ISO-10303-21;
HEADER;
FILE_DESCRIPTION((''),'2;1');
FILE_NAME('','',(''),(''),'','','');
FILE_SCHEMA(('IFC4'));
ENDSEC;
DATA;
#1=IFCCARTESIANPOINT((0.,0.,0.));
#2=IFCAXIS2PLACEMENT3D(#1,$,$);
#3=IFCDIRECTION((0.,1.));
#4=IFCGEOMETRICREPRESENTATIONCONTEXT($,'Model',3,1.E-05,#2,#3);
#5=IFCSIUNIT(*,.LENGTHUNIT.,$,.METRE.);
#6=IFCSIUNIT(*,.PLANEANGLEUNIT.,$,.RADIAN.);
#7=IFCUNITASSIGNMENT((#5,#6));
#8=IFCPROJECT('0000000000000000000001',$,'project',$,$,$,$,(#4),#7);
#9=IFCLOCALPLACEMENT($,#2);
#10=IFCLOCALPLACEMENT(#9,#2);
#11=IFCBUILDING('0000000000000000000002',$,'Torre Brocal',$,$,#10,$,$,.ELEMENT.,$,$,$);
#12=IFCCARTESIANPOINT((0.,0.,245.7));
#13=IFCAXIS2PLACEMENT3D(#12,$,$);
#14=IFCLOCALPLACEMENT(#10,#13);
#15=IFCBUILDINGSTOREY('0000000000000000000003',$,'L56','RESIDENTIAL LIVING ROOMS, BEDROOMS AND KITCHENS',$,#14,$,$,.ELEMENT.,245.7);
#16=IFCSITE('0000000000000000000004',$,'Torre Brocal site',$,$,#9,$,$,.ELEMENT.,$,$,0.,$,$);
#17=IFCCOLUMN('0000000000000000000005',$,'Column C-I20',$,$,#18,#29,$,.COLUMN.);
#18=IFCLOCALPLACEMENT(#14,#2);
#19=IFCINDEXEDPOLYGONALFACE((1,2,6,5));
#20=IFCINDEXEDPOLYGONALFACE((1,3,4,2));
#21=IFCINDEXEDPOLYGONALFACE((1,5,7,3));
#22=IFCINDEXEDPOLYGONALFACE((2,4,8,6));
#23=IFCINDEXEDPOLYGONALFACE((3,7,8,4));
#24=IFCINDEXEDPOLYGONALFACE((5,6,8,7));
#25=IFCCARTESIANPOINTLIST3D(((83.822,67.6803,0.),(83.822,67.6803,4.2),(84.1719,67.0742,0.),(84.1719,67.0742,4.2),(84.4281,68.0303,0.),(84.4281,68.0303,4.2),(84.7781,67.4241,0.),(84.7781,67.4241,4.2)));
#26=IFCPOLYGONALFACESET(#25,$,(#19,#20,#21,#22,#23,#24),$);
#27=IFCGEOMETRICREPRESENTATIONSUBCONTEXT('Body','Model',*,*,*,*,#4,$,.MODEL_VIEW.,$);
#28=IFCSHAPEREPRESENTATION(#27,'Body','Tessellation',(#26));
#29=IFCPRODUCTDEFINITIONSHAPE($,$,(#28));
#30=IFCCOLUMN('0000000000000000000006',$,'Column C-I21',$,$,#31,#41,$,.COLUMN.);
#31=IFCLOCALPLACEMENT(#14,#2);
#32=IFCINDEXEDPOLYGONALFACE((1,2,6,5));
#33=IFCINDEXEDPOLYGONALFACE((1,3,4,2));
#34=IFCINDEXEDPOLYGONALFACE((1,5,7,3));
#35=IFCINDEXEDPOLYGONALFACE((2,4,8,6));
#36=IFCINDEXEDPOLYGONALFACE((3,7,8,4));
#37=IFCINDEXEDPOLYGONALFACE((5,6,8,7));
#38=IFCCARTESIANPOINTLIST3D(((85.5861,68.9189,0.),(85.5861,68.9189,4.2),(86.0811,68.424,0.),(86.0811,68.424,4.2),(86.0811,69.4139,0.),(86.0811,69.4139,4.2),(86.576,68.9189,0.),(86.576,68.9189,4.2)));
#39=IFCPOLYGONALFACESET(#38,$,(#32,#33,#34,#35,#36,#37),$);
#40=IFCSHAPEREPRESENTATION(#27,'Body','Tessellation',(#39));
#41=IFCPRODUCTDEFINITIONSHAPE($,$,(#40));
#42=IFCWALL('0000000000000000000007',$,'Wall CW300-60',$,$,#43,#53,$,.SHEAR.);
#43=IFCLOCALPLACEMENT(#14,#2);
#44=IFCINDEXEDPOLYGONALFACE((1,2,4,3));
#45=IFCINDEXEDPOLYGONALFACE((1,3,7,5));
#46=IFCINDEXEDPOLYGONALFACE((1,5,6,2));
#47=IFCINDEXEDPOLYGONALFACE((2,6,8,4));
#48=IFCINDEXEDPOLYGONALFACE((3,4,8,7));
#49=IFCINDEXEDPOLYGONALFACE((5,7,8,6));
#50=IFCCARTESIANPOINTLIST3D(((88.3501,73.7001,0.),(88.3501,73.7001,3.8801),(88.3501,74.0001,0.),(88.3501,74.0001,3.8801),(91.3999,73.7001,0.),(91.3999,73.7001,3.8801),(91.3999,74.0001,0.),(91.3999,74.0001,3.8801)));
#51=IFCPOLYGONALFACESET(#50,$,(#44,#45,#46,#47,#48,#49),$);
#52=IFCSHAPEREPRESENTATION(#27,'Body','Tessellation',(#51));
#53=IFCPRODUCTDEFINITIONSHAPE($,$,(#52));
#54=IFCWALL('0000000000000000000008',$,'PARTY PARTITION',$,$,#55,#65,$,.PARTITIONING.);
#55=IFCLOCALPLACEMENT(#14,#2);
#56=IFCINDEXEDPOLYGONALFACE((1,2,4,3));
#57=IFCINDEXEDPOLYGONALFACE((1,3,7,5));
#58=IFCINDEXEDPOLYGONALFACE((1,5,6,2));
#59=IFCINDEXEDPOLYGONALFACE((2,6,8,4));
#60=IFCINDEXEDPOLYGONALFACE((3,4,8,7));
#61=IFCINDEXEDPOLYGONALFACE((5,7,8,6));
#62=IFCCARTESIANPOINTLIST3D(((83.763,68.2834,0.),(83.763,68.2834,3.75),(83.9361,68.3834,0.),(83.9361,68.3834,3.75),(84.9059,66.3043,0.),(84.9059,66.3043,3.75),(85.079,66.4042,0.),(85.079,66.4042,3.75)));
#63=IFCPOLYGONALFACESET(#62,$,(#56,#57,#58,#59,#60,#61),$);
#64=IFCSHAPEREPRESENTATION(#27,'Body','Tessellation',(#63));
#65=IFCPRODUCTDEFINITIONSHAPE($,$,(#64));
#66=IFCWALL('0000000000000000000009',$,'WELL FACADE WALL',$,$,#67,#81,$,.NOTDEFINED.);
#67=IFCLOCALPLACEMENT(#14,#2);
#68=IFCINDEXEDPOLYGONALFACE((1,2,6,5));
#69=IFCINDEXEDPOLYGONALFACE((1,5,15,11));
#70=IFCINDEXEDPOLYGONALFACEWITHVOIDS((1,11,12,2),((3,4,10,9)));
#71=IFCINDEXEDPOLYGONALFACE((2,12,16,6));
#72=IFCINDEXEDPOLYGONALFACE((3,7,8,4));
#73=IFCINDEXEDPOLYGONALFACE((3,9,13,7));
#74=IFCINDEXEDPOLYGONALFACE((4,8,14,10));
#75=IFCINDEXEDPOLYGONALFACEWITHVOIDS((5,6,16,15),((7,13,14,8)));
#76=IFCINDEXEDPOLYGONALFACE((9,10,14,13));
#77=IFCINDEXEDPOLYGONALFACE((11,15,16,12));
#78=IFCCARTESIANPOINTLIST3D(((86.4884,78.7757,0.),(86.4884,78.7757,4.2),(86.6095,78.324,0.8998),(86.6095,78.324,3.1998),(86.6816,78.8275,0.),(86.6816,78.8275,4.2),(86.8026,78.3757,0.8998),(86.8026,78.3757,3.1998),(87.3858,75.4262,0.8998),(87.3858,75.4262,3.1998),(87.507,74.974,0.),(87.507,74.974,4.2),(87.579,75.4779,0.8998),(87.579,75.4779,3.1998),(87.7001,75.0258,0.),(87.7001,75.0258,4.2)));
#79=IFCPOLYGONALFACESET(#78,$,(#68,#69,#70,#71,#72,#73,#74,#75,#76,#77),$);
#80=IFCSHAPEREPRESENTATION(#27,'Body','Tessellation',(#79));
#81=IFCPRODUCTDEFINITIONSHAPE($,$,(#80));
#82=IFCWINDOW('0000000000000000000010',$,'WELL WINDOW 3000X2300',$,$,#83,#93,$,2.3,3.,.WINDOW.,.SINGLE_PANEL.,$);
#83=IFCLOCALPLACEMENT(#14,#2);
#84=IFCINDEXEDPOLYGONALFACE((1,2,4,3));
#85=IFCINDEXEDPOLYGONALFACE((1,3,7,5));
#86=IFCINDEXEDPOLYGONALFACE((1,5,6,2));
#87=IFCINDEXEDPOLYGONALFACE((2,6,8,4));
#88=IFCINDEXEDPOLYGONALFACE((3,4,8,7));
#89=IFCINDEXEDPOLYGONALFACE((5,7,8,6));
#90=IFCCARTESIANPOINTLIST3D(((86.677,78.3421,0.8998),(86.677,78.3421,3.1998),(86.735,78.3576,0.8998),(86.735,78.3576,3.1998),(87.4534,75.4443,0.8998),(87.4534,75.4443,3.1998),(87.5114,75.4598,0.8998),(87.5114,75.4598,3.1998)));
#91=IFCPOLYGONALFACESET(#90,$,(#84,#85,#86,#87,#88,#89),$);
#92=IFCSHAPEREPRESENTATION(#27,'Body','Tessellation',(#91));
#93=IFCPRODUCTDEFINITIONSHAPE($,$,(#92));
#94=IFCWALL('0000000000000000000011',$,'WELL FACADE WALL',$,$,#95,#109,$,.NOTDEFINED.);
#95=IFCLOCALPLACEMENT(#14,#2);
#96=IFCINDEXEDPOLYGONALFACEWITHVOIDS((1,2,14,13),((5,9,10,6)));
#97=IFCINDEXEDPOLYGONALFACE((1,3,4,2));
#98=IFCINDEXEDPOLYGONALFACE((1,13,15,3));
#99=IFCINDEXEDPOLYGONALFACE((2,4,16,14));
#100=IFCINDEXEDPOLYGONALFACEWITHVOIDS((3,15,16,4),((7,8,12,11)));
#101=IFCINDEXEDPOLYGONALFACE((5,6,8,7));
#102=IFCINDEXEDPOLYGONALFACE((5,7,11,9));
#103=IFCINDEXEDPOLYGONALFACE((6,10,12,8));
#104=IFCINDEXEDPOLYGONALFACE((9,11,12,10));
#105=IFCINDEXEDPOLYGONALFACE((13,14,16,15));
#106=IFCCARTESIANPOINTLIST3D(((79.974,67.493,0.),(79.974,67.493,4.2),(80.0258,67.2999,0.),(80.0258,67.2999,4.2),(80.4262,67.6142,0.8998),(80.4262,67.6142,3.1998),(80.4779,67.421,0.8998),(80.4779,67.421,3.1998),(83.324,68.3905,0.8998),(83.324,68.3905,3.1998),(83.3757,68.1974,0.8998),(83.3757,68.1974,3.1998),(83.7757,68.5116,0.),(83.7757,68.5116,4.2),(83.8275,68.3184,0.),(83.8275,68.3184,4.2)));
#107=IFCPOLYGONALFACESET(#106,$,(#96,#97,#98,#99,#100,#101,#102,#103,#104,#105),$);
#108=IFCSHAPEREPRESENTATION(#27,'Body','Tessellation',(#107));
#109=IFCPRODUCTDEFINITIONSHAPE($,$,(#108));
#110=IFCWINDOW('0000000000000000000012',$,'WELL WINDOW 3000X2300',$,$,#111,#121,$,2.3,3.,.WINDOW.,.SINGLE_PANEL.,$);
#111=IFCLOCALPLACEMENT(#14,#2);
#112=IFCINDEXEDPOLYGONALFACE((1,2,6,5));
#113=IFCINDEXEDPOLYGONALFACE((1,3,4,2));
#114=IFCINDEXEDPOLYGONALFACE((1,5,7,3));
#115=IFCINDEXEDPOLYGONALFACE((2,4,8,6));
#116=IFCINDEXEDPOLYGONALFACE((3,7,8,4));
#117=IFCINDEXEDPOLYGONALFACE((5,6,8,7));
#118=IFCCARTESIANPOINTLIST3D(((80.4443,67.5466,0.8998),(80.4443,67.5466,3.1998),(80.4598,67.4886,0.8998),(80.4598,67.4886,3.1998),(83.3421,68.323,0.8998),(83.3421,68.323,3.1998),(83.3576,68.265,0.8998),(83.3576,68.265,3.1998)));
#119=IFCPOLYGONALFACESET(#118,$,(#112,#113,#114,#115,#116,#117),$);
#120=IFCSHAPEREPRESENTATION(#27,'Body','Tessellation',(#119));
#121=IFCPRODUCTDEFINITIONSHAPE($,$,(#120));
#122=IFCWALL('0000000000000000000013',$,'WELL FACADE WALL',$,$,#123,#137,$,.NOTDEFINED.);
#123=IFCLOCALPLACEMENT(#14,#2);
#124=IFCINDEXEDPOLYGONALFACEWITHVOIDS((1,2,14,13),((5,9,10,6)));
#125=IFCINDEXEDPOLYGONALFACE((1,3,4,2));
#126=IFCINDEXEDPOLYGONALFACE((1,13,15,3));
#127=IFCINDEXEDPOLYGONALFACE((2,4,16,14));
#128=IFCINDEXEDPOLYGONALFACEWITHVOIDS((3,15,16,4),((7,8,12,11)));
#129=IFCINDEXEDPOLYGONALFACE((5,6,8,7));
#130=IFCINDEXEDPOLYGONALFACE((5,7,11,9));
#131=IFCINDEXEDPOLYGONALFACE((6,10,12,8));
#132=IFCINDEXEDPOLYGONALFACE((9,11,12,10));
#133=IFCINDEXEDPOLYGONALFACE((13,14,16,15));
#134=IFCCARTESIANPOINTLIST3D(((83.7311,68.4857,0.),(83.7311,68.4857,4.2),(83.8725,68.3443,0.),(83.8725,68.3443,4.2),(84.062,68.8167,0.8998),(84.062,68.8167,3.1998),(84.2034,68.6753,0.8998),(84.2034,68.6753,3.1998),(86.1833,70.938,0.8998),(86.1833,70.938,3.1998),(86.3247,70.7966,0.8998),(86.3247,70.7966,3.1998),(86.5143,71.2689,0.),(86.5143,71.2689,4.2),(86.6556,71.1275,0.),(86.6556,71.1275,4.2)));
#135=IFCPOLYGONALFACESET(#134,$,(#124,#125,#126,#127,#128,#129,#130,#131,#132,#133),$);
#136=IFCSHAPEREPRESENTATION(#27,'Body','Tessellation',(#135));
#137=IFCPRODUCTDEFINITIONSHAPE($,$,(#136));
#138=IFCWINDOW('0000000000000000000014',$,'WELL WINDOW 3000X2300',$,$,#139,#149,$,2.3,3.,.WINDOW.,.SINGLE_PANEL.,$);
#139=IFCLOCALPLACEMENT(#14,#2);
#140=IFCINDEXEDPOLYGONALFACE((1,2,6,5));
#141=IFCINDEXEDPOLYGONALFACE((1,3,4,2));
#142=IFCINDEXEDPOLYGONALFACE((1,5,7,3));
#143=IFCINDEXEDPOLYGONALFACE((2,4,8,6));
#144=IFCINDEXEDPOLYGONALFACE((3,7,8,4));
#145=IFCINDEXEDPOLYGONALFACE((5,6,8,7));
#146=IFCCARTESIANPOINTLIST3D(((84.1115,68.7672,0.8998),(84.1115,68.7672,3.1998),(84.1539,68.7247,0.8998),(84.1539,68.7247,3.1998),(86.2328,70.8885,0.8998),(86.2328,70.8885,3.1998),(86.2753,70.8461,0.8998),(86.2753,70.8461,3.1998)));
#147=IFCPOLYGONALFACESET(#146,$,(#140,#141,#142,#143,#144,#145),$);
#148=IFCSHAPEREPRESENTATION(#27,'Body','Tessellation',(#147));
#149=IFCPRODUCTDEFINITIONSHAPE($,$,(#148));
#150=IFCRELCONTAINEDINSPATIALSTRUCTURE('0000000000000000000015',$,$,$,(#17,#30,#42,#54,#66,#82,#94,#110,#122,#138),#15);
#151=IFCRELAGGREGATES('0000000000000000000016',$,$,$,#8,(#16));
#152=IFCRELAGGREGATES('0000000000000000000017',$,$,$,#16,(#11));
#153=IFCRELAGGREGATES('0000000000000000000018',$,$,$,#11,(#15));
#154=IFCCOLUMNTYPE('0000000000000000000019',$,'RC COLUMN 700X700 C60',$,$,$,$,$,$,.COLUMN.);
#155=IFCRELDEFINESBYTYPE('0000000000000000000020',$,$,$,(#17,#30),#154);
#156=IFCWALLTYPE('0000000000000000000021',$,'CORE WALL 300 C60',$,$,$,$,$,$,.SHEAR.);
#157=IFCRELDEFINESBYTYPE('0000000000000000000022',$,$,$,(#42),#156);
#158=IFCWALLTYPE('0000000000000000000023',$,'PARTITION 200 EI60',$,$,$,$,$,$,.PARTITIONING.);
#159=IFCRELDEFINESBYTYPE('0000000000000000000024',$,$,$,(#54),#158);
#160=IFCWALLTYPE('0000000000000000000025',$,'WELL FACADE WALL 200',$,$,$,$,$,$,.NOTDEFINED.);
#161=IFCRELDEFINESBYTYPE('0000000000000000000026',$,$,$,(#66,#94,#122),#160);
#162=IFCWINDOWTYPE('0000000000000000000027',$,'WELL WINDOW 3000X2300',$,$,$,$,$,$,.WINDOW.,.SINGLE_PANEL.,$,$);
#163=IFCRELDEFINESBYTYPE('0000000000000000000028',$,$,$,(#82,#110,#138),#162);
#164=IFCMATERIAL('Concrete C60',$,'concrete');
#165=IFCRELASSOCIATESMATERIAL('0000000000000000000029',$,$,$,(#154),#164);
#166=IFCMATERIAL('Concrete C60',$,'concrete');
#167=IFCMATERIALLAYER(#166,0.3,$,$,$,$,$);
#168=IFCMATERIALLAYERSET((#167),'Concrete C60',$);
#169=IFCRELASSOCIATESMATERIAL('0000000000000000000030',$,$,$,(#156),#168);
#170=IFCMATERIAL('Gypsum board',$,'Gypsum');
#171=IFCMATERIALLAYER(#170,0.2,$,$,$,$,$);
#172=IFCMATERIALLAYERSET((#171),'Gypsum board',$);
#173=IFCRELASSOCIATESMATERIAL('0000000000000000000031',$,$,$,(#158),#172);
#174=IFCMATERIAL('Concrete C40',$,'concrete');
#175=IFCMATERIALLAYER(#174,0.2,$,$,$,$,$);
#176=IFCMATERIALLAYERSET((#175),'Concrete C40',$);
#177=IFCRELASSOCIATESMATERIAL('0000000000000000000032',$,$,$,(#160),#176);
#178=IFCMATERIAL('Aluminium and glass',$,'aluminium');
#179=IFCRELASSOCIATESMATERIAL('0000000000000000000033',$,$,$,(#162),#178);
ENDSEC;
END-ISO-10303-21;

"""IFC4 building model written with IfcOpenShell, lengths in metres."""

from ifc_helpers import new_model, si_unit, direction, frame, frame_2d, origin, origin_2d, place, context, subcontext, project, spatial, rectangle, extrude, material, layer, layer_set, material_profile, profile_set, type_object, element, fill, save


model = new_model("IFC4")

# Units and contexts
model_context = context("Model", 3, precision=1e-05, world=origin(), true_north=direction((0.0, 1.0)))
body_context = subcontext(model_context, "Body", "Model", "MODEL_VIEW")
ifc_project = project(units=[si_unit("LENGTHUNIT", "METRE"), si_unit("PLANEANGLEUNIT", "RADIAN")], contexts=[model_context])

# Site, building, storey
site_placement = place(None, origin())
site = spatial("IfcSite", under=ifc_project, at=site_placement, Name="Torre Brocal site", CompositionType="ELEMENT", RefElevation=0.0)
building_placement = place(site_placement, origin())
building = spatial("IfcBuilding", under=site, at=building_placement, Name="Torre Brocal", CompositionType="ELEMENT")
storey_placement = place(building_placement, frame((0.0, 0.0, 245.7)))
storey = spatial("IfcBuildingStorey", under=building, at=storey_placement, Name="L56", Description="RESIDENTIAL LIVING ROOMS, BEDROOMS AND KITCHENS", CompositionType="ELEMENT", Elevation=245.7)

# Columns
ifc_material_1 = material(Name="Concrete C60", Category="concrete")
ifc_material_profile = material_profile(ifc_material_1, rectangle(XDim=0.7, YDim=0.7, at=origin_2d()), Name="RC 700X700")
ifc_profile_set = profile_set([ifc_material_profile], Name="Concrete C60")
column_type = type_object("IfcColumnType", Name="RC COLUMN 700X700 C60", PredefinedType="COLUMN", material=ifc_profile_set)
for number, where, z_axis, x_axis, name in (
    (1, (84.3, 67.5522, 0.0), (0.0, 0.0, 1.0), (0.5, -0.866025, 0.0), "Column C-I20"),
    (2, (86.0811, 68.9189, 0.0), (0.0, 0.0, 1.0), (0.707107, -0.707107, 0.0), "Column C-I21"),
):
    element("IfcColumn", number, at=place(storey_placement, frame(where, z_axis=z_axis, x_axis=x_axis)), inside=storey, type_object=column_type, Name=name, PredefinedType="COLUMN", context=body_context, shape_type="SweptSolid", body=[
        extrude(rectangle(XDim=0.7, YDim=0.7, at=origin_2d()), origin(), (0.0, 0.0, 1.0), 4.2),
    ])

# Walls
ifc_material_2 = material(Name="Concrete C60", Category="concrete")
ifc_layer_1 = layer(ifc_material_2, 0.3)
ifc_layer_set_1 = layer_set([ifc_layer_1], Name="Concrete C60")
wall_type_1 = type_object("IfcWallType", Name="CORE WALL 300 C60", PredefinedType="SHEAR", material=ifc_layer_set_1)
wall_1_placement = place(storey_placement, frame((88.3501, 73.8501, 0.0), z_axis=(0.0, 0.0, 1.0), x_axis=(1.0, 0.0, 0.0)))
element("IfcWall", 3, at=wall_1_placement, inside=storey, type_object=wall_type_1, Name="Wall CW300-60", PredefinedType="SHEAR", context=body_context, shape_type="SweptSolid", body=[
    extrude(rectangle(XDim=3.0498, YDim=0.3, at=frame_2d((1.5249, 0.0))), origin(), (0.0, 0.0, 1.0), 3.8801),
])
ifc_material_3 = material(Name="Gypsum board", Category="Gypsum")
ifc_layer_2 = layer(ifc_material_3, 0.2)
ifc_layer_set_2 = layer_set([ifc_layer_2], Name="Gypsum board")
wall_type_2 = type_object("IfcWallType", Name="PARTITION 200 EI60", PredefinedType="PARTITIONING", material=ifc_layer_set_2)
wall_2_placement = place(storey_placement, frame((83.8496, 68.3333, 0.0), z_axis=(0.0, 0.0, 1.0), x_axis=(0.50008, -0.865979, 0.0)))
element("IfcWall", 4, at=wall_2_placement, inside=storey, type_object=wall_type_2, Name="PARTY PARTITION", PredefinedType="PARTITIONING", context=body_context, shape_type="SweptSolid", body=[
    extrude(rectangle(XDim=2.2854, YDim=0.2, at=frame_2d((1.1426, 0.0))), origin(), (0.0, 0.0, 1.0), 3.75),
])

# Walls, openings, windows
ifc_material_4 = material(Name="Concrete C40", Category="concrete")
ifc_layer_3 = layer(ifc_material_4, 0.2)
ifc_layer_set_3 = layer_set([ifc_layer_3], Name="Concrete C40")
wall_type_3 = type_object("IfcWallType", Name="WELL FACADE WALL 200", PredefinedType="NOTDEFINED", material=ifc_layer_set_3)
wall_3_placement = place(storey_placement, frame((87.6035, 75.0, 0.0), z_axis=(0.0, 0.0, 1.0), x_axis=(-0.25879, 0.965934, 0.0)))
wall_3 = element("IfcWall", 5, at=wall_3_placement, inside=storey, type_object=wall_type_3, Name="WELL FACADE WALL", PredefinedType="NOTDEFINED", context=body_context, shape_type="SweptSolid", body=[
    extrude(rectangle(XDim=3.9358, YDim=0.2, at=frame_2d((1.9678, 0.0))), origin(), (0.0, 0.0, 1.0), 4.2),
])
opening_1_placement = place(wall_3_placement, frame((0.468, 0.0, 0.8999)))
opening_1 = element("IfcOpeningElement", 6, at=opening_1_placement, cuts=wall_3, PredefinedType="OPENING", context=body_context, shape_type="SweptSolid", body=[
    extrude(rectangle(XDim=3.0, YDim=2.3, at=frame_2d((1.5, 1.1499))), frame((0.0, 0.1099, 0.0), z_axis=(0.0, -1.0, 0.0), x_axis=(1.0, 0.0, 0.0)), (0.0, 0.0, 1.0), 0.22),
])
ifc_material_5 = material(Name="Aluminium and glass", Category="aluminium")
window_type = type_object("IfcWindowType", Name="WELL WINDOW 3000X2300", PartitioningType="SINGLE_PANEL", PredefinedType="WINDOW", material=ifc_material_5)
window_1_placement = place(opening_1_placement, origin())
window_1 = element("IfcWindow", 7, at=window_1_placement, inside=storey, type_object=window_type, Name="WELL WINDOW 3000X2300", OverallHeight=2.3, OverallWidth=3.0, PartitioningType="SINGLE_PANEL", PredefinedType="WINDOW", context=body_context, shape_type="SweptSolid", body=[
    extrude(rectangle(XDim=3.0, YDim=2.3, at=frame_2d((1.5, 1.1499))), frame((0.0, 0.03, 0.0), z_axis=(0.0, -1.0, 0.0), x_axis=(1.0, 0.0, 0.0)), (0.0, 0.0, 1.0), 0.0601),
])
fill(opening_1, window_1)
wall_4_placement = place(storey_placement, frame((80.0, 67.3965, 0.0), z_axis=(0.0, 0.0, 1.0), x_axis=(0.965934, 0.25879, 0.0)))
wall_4 = element("IfcWall", 8, at=wall_4_placement, inside=storey, type_object=wall_type_3, Name="WELL FACADE WALL", PredefinedType="NOTDEFINED", context=body_context, shape_type="SweptSolid", body=[
    extrude(rectangle(XDim=3.9358, YDim=0.2, at=frame_2d((1.9678, 0.0))), origin(), (0.0, 0.0, 1.0), 4.2),
])
opening_2_placement = place(wall_4_placement, frame((0.468, 0.0, 0.8999)))
opening_2 = element("IfcOpeningElement", 9, at=opening_2_placement, cuts=wall_4, PredefinedType="OPENING", context=body_context, shape_type="SweptSolid", body=[
    extrude(rectangle(XDim=3.0, YDim=2.3, at=frame_2d((1.5, 1.1499))), frame((0.0, 0.1099, 0.0), z_axis=(0.0, -1.0, 0.0), x_axis=(1.0, 0.0, 0.0)), (0.0, 0.0, 1.0), 0.22),
])
window_2_placement = place(opening_2_placement, origin())
window_2 = element("IfcWindow", 10, at=window_2_placement, inside=storey, type_object=window_type, Name="WELL WINDOW 3000X2300", OverallHeight=2.3, OverallWidth=3.0, PartitioningType="SINGLE_PANEL", PredefinedType="WINDOW", context=body_context, shape_type="SweptSolid", body=[
    extrude(rectangle(XDim=3.0, YDim=2.3, at=frame_2d((1.5, 1.1499))), frame((0.0, 0.03, 0.0), z_axis=(0.0, -1.0, 0.0), x_axis=(1.0, 0.0, 0.0)), (0.0, 0.0, 1.0), 0.0601),
])
fill(opening_2, window_2)
wall_5_placement = place(storey_placement, frame((83.8018, 68.415, 0.0), z_axis=(0.0, 0.0, 1.0), x_axis=(0.707107, 0.707107, 0.0)))
wall_5 = element("IfcWall", 11, at=wall_5_placement, inside=storey, type_object=wall_type_3, Name="WELL FACADE WALL", PredefinedType="NOTDEFINED", context=body_context, shape_type="SweptSolid", body=[
    extrude(rectangle(XDim=3.936, YDim=0.2, at=frame_2d((1.968, 0.0))), origin(), (0.0, 0.0, 1.0), 4.2),
])
opening_3_placement = place(wall_5_placement, frame((0.468, 0.0, 0.8999)))
opening_3 = element("IfcOpeningElement", 12, at=opening_3_placement, cuts=wall_5, PredefinedType="OPENING", context=body_context, shape_type="SweptSolid", body=[
    extrude(rectangle(XDim=3.0, YDim=2.3, at=frame_2d((1.5, 1.1499))), frame((0.0, 0.1099, 0.0), z_axis=(0.0, -1.0, 0.0), x_axis=(1.0, 0.0, 0.0)), (0.0, 0.0, 1.0), 0.22),
])
window_3_placement = place(opening_3_placement, origin())
window_3 = element("IfcWindow", 13, at=window_3_placement, inside=storey, type_object=window_type, Name="WELL WINDOW 3000X2300", OverallHeight=2.3, OverallWidth=3.0, PartitioningType="SINGLE_PANEL", PredefinedType="WINDOW", context=body_context, shape_type="SweptSolid", body=[
    extrude(rectangle(XDim=3.0, YDim=2.3, at=frame_2d((1.5, 1.1499))), frame((0.0, 0.03, 0.0), z_axis=(0.0, -1.0, 0.0), x_axis=(1.0, 0.0, 0.0)), (0.0, 0.0, 1.0), 0.0601),
])
fill(opening_3, window_3)

save(model, "model.ifc")
